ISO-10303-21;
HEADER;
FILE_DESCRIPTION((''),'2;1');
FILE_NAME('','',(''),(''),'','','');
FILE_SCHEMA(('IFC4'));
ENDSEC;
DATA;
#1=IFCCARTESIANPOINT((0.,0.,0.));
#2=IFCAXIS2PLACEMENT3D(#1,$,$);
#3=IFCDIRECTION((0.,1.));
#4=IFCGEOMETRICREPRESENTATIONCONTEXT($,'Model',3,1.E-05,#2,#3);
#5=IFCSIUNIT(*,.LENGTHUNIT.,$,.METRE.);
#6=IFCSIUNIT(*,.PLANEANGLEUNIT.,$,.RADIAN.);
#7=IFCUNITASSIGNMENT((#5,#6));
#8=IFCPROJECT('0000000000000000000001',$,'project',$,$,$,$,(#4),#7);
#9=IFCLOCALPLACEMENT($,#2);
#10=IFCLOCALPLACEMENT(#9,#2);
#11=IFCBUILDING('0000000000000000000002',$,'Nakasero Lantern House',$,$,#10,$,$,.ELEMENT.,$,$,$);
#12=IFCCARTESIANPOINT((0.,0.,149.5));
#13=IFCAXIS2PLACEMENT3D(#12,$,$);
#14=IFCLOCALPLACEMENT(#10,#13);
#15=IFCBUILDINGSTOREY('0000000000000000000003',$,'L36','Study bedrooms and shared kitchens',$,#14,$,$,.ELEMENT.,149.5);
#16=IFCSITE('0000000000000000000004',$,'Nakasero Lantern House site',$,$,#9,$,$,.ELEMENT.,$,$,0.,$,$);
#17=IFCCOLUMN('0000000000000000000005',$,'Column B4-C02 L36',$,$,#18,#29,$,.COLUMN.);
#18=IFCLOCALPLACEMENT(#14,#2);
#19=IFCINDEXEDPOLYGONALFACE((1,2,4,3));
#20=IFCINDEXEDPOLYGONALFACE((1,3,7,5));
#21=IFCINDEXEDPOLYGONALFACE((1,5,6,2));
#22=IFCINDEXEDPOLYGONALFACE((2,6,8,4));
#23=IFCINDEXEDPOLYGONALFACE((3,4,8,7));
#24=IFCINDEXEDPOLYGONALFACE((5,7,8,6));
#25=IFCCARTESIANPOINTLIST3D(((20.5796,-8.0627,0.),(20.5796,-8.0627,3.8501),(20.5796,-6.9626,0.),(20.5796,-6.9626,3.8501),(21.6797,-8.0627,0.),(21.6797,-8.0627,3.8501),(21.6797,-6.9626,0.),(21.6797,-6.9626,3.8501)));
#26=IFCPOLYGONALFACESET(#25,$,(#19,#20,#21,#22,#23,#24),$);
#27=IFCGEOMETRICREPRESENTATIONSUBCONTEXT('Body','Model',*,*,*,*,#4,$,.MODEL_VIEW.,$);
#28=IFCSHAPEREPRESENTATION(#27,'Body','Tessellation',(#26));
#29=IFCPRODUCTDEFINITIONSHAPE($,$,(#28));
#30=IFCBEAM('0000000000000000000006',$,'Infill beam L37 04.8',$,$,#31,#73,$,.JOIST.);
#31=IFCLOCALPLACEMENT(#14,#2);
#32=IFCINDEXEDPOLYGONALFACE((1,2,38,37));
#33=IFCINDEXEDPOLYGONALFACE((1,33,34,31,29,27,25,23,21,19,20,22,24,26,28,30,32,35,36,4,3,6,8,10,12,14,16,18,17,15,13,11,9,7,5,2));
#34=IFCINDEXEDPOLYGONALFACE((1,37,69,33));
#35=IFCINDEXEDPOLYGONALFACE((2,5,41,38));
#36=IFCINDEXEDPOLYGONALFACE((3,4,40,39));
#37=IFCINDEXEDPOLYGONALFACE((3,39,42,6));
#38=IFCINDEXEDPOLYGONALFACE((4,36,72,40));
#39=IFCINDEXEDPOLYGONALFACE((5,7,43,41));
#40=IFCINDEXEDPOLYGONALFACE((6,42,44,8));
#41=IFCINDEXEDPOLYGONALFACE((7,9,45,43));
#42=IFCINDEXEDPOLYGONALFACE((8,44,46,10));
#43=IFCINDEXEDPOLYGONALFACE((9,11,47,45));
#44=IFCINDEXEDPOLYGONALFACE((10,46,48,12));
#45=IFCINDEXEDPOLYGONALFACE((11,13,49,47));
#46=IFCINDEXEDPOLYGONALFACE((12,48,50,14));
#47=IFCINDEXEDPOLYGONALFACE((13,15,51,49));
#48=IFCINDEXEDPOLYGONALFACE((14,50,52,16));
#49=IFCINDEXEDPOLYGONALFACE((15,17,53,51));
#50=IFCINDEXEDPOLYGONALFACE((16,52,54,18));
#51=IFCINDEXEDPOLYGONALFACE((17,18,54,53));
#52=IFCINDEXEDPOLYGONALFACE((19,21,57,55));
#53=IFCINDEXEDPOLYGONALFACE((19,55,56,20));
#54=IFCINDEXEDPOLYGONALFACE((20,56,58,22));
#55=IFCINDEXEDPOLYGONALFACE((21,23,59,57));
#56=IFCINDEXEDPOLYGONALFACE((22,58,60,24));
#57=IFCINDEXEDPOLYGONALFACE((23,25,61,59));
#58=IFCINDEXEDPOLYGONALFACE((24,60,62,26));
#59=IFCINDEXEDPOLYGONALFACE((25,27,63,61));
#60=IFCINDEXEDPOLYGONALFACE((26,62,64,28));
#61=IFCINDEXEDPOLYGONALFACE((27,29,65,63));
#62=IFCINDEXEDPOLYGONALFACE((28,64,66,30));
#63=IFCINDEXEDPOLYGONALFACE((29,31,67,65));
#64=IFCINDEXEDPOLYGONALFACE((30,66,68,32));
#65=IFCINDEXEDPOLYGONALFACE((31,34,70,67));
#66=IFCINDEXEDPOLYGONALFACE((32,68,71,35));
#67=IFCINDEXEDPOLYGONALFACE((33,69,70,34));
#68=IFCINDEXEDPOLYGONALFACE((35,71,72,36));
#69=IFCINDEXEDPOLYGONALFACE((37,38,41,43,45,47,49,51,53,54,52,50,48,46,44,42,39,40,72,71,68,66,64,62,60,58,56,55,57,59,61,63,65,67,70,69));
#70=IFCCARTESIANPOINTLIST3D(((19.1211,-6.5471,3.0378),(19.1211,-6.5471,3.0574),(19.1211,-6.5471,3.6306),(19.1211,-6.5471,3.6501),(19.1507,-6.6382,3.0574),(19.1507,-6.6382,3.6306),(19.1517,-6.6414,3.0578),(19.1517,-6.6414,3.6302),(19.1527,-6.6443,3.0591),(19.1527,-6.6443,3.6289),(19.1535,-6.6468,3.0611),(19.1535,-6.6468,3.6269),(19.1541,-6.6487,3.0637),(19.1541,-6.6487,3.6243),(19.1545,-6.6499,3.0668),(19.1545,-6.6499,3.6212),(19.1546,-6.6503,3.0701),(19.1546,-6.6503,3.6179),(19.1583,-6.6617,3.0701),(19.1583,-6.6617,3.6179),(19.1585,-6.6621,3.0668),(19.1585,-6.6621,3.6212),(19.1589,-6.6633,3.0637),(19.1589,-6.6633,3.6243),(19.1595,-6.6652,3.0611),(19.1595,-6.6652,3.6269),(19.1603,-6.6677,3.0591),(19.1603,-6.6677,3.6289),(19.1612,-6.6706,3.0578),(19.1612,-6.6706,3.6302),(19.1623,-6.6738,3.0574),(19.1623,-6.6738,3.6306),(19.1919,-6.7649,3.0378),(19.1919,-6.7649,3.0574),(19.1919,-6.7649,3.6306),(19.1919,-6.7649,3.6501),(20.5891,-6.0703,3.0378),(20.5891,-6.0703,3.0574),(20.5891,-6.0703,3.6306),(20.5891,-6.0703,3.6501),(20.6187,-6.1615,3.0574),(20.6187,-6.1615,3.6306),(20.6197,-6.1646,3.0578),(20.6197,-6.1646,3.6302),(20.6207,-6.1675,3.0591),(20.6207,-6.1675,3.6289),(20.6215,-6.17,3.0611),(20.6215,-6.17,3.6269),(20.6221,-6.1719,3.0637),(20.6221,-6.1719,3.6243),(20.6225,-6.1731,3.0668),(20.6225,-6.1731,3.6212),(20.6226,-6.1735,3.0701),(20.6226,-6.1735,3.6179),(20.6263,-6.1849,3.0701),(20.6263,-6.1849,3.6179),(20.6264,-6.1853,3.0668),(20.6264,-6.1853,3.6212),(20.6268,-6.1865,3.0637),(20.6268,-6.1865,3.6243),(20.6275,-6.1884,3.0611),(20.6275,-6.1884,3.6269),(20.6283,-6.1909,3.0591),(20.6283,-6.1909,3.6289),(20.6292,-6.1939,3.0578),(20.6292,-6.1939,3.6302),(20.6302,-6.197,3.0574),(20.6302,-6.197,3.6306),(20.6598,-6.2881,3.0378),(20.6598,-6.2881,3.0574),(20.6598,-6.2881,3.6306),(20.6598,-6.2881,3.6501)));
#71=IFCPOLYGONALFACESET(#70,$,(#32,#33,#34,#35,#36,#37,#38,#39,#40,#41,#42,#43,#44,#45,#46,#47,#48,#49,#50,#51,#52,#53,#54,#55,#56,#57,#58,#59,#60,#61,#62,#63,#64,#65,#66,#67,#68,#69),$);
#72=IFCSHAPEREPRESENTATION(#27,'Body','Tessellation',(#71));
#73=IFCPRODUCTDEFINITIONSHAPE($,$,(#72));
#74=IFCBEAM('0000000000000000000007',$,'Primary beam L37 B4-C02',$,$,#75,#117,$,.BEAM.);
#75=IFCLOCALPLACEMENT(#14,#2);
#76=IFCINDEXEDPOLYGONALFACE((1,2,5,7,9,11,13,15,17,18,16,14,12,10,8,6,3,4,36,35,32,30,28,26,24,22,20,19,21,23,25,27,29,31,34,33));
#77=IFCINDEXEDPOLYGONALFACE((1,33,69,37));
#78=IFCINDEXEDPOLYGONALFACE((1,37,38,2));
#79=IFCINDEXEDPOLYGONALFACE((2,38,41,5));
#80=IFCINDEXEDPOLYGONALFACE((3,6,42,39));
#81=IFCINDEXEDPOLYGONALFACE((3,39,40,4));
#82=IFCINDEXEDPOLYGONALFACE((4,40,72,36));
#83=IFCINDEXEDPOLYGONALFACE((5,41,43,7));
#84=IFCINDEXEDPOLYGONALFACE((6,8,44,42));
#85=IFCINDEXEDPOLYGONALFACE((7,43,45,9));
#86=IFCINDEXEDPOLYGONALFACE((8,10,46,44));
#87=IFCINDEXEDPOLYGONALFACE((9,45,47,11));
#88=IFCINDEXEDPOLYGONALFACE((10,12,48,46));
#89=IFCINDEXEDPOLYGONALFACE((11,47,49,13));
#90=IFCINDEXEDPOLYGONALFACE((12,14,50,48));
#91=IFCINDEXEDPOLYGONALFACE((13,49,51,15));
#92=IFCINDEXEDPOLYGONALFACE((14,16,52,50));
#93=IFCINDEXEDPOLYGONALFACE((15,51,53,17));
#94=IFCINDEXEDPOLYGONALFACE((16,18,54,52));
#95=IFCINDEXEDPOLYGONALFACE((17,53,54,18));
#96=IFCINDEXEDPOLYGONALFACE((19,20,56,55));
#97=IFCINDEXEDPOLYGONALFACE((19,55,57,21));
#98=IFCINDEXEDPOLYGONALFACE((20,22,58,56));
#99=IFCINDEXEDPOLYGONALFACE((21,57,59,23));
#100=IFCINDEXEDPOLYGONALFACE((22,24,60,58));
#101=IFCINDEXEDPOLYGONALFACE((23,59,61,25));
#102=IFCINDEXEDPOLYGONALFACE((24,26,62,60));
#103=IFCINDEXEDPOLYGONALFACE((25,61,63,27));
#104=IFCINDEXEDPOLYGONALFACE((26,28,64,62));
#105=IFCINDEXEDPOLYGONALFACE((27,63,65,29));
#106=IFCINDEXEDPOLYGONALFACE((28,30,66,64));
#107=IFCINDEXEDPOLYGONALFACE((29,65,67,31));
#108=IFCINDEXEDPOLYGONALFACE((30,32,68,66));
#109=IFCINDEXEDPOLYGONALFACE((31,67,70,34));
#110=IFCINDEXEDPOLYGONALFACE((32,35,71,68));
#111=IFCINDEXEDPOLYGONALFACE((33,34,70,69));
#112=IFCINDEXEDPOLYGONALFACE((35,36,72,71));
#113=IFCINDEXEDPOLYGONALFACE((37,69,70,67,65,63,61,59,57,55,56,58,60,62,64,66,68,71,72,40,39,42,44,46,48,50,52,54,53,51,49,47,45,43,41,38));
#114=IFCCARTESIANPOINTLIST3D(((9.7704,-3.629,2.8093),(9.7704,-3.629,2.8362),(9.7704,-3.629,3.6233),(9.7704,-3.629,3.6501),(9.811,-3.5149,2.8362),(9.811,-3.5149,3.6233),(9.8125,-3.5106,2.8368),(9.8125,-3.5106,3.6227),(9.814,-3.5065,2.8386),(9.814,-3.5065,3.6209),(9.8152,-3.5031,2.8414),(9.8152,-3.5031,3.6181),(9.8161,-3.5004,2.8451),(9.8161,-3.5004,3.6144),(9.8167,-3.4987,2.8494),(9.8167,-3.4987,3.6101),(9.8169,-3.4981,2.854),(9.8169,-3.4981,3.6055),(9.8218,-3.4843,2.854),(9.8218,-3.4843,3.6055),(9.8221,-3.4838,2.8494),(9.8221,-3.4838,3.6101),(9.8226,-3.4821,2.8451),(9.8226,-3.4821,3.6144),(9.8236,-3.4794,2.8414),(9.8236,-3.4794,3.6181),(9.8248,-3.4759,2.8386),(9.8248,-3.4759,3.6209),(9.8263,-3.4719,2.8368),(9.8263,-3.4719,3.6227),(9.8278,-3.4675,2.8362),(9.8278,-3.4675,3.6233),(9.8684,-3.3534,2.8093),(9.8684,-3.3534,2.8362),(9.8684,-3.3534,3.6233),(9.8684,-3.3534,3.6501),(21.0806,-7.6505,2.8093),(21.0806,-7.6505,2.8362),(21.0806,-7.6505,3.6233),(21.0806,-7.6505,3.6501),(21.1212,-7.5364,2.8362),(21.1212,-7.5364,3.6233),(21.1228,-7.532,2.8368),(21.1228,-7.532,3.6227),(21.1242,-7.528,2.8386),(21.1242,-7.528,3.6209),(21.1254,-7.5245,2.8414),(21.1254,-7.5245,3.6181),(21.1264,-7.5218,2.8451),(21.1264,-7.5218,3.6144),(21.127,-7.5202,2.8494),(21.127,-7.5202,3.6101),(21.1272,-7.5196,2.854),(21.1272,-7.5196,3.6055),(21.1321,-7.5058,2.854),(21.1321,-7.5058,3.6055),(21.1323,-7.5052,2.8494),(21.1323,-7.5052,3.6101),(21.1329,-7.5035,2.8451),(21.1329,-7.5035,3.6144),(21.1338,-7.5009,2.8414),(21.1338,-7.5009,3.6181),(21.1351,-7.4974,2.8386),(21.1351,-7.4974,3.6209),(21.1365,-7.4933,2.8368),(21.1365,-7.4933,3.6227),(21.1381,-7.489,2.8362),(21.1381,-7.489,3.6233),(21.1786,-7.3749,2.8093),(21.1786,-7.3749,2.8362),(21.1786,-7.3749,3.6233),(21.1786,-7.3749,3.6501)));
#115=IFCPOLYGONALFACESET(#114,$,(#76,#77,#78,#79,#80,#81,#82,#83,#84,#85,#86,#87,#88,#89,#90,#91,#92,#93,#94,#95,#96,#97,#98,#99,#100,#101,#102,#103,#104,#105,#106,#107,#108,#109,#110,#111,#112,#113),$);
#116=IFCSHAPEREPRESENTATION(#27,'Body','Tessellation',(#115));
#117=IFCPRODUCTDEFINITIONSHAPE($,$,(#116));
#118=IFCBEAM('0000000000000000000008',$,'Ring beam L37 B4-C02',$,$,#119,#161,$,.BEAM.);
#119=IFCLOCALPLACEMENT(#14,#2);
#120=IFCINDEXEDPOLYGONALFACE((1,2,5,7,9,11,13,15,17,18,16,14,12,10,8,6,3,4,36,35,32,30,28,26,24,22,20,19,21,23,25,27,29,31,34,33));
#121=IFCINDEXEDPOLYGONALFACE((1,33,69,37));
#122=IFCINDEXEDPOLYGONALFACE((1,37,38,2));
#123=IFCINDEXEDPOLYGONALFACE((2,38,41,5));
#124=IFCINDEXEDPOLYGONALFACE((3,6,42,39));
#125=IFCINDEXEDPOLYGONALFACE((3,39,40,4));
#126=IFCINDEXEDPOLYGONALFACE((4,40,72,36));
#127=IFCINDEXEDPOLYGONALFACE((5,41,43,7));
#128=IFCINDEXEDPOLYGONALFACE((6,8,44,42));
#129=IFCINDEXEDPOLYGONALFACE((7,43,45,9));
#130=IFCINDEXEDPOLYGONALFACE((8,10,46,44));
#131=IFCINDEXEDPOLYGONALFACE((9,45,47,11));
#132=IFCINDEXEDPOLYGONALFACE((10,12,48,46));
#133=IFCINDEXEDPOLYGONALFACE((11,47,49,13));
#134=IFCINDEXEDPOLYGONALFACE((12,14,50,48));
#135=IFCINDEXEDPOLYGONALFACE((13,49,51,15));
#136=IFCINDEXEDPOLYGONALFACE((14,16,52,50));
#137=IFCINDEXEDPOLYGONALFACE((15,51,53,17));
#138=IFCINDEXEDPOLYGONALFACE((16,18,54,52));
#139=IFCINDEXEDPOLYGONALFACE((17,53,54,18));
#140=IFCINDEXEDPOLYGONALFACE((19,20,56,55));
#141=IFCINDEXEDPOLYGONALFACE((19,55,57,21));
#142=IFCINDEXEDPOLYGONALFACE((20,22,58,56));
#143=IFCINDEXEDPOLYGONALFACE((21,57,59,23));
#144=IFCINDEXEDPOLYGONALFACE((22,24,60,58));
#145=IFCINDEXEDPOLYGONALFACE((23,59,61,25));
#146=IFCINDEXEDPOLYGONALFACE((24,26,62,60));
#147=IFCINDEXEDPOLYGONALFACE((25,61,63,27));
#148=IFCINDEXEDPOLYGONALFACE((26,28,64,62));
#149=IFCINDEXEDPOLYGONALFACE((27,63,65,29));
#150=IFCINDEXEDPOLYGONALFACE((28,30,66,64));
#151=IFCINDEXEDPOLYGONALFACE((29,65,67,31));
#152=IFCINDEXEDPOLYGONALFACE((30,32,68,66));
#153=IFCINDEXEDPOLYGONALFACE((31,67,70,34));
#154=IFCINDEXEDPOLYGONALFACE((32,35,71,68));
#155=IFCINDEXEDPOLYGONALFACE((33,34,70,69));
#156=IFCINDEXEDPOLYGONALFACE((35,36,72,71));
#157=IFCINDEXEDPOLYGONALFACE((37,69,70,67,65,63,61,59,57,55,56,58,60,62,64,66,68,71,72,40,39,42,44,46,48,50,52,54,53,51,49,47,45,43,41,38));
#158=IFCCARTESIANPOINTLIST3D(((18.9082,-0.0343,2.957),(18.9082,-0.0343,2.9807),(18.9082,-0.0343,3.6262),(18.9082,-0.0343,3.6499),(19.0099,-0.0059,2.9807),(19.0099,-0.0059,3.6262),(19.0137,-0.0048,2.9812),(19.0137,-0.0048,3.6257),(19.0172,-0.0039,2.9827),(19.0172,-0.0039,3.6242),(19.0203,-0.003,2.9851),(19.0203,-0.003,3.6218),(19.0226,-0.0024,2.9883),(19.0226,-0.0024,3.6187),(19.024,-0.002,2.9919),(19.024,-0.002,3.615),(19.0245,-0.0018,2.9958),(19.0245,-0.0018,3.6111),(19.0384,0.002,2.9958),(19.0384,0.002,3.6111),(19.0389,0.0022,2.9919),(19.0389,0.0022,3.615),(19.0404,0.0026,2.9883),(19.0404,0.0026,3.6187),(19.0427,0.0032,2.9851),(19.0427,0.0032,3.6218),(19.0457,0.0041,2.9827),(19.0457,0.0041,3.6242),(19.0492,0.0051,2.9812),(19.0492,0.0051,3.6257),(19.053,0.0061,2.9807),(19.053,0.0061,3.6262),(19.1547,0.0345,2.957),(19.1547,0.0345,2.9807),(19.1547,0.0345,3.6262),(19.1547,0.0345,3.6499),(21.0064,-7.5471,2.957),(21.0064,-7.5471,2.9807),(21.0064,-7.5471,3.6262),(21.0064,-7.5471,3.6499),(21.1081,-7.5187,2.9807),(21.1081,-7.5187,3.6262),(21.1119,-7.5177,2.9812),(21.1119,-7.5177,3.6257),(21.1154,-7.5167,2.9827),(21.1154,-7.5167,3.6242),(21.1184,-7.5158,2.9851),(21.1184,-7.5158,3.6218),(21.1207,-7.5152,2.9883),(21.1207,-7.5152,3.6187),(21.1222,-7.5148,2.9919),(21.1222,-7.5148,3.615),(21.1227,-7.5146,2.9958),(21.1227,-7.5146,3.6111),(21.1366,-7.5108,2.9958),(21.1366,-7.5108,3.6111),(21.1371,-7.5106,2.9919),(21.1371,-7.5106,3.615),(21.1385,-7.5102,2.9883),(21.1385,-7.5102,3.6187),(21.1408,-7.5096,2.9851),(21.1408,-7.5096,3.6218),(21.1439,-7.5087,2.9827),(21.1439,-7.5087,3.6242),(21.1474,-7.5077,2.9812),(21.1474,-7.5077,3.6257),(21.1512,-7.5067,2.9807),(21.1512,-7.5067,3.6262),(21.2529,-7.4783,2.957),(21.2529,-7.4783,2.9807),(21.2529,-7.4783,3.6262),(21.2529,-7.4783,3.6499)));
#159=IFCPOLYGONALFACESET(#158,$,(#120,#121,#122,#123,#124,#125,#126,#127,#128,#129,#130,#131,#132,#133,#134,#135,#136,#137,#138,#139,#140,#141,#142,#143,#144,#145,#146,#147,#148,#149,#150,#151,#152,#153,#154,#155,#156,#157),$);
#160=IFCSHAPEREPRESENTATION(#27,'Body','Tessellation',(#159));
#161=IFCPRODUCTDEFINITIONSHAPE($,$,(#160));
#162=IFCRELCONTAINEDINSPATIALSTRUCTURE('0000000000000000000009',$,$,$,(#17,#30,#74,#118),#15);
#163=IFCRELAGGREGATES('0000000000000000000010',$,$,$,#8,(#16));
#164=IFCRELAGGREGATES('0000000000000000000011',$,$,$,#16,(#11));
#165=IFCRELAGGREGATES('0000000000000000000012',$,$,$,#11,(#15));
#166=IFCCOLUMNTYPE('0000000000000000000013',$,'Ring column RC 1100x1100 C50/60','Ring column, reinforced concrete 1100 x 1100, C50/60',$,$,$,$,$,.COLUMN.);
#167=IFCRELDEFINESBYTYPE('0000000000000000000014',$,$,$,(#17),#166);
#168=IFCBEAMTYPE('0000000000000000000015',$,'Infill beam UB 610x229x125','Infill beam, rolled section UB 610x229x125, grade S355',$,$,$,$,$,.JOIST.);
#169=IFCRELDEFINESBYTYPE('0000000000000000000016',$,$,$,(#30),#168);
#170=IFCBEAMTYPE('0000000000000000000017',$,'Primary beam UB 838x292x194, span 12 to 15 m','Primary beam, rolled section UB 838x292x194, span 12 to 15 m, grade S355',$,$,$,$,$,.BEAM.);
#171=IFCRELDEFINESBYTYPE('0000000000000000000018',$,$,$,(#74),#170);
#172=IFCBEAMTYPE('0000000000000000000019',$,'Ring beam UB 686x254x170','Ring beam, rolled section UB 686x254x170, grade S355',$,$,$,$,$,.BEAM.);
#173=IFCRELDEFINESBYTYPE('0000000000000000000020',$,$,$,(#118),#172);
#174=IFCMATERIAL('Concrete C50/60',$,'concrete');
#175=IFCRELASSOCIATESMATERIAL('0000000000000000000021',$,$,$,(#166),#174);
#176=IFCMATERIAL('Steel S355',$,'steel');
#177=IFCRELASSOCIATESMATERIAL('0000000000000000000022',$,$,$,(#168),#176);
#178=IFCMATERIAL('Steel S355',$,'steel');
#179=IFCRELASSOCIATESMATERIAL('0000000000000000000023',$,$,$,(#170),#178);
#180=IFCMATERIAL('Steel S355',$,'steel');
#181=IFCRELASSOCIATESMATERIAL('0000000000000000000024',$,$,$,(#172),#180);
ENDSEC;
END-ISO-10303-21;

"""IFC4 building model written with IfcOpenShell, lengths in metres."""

from ifc_helpers import new_model, si_unit, direction, frame, origin, origin_2d, place, context, subcontext, project, spatial, rectangle, i_section, extrude, material, material_profile, profile_set, type_object, element, save


model = new_model("IFC4")

# Units and contexts
model_context = context("Model", 3, precision=1e-05, world=origin(), true_north=direction((0.0, 1.0)))
body_context = subcontext(model_context, "Body", "Model", "MODEL_VIEW")
ifc_project = project(units=[si_unit("LENGTHUNIT", "METRE"), si_unit("PLANEANGLEUNIT", "RADIAN")], contexts=[model_context])

# Site, building, storey
site_placement = place(None, origin())
site = spatial("IfcSite", under=ifc_project, at=site_placement, Name="Nakasero Lantern House site", CompositionType="ELEMENT", RefElevation=0.0)
building_placement = place(site_placement, origin())
building = spatial("IfcBuilding", under=site, at=building_placement, Name="Nakasero Lantern House", CompositionType="ELEMENT")
storey_placement = place(building_placement, frame((0.0, 0.0, 149.5)))
storey = spatial("IfcBuildingStorey", under=building, at=storey_placement, Name="L36", Description="Study bedrooms and shared kitchens", CompositionType="ELEMENT", Elevation=149.5)

# Column
ifc_material_1 = material(Name="Concrete C50/60", Category="concrete")
ifc_material_profile_1 = material_profile(ifc_material_1, rectangle(XDim=1.1001, YDim=1.1001, at=origin_2d()), Name="RC 1100x1100")
ifc_profile_set_1 = profile_set([ifc_material_profile_1], Name="Concrete C50/60")
column_type = type_object("IfcColumnType", Name="Ring column RC 1100x1100 C50/60", Description="Ring column, reinforced concrete 1100 x 1100, C50/60", PredefinedType="COLUMN", material=ifc_profile_set_1)
column_placement = place(storey_placement, frame((21.1296, -7.5127, 0.0), z_axis=(0.0, 0.0, 1.0), x_axis=(1.0, 0.0, 0.0)))
element("IfcColumn", 1, at=column_placement, inside=storey, type_object=column_type, Name="Column B4-C02 L36", PredefinedType="COLUMN", context=body_context, shape_type="SweptSolid", body=[
    extrude(rectangle(XDim=1.1001, YDim=1.1001, at=origin_2d()), origin(), (0.0, 0.0, 1.0), 3.8501),
])

# Beams
ifc_material_2 = material(Name="Steel S355", Category="steel")
ifc_material_profile_2 = material_profile(ifc_material_2, i_section(OverallWidth=0.229, OverallDepth=0.6123, WebThickness=0.012, FlangeThickness=0.0195, FilletRadius=0.0127, at=origin_2d()), Name="UB 610x229x125")
ifc_profile_set_2 = profile_set([ifc_material_profile_2], Name="Steel S355")
beam_type_1 = type_object("IfcBeamType", Name="Infill beam UB 610x229x125", Description="Infill beam, rolled section UB 610x229x125, grade S355", PredefinedType="JOIST", material=ifc_profile_set_2)
beam_1_placement = place(storey_placement, frame((19.1565, -6.656, 3.344), z_axis=(0.951091, 0.308911, 0.0), x_axis=(-0.308911, 0.951091, 0.0)))
element("IfcBeam", 2, at=beam_1_placement, inside=storey, type_object=beam_type_1, Name="Infill beam L37 04.8", PredefinedType="JOIST", context=body_context, shape_type="SweptSolid", body=[
    extrude(i_section(OverallWidth=0.229, OverallDepth=0.6123, WebThickness=0.012, FlangeThickness=0.0195, FilletRadius=0.0127, at=origin_2d()), origin(), (0.0, 0.0, 1.0), 1.5435),
])
ifc_material_3 = material(Name="Steel S355", Category="steel")
ifc_material_profile_3 = material_profile(ifc_material_3, i_section(OverallWidth=0.2925, OverallDepth=0.8408, WebThickness=0.0146, FlangeThickness=0.0269, FilletRadius=0.0178, at=origin_2d()), Name="UB 838x292x194")
ifc_profile_set_3 = profile_set([ifc_material_profile_3], Name="Steel S355")
beam_type_2 = type_object("IfcBeamType", Name="Primary beam UB 838x292x194, span 12 to 15 m", Description="Primary beam, rolled section UB 838x292x194, span 12 to 15 m, grade S355", PredefinedType="BEAM", material=ifc_profile_set_3)
beam_2_placement = place(storey_placement, frame((21.1296, -7.5127, 3.2297), z_axis=(-0.942214, 0.335013, 0.0), x_axis=(-0.335013, -0.942214, 0.0)))
element("IfcBeam", 3, at=beam_2_placement, inside=storey, type_object=beam_type_2, Name="Primary beam L37 B4-C02", PredefinedType="BEAM", context=body_context, shape_type="SweptSolid", body=[
    extrude(i_section(OverallWidth=0.2925, OverallDepth=0.8408, WebThickness=0.0146, FlangeThickness=0.0269, FilletRadius=0.0178, at=origin_2d()), origin(), (0.0, 0.0, 1.0), 12.0039),
])
ifc_material_4 = material(Name="Steel S355", Category="steel")
ifc_material_profile_4 = material_profile(ifc_material_4, i_section(OverallWidth=0.2559, OverallDepth=0.6929, WebThickness=0.0144, FlangeThickness=0.0237, FilletRadius=0.0151, at=origin_2d()), Name="UB 686x254x170")
ifc_profile_set_4 = profile_set([ifc_material_profile_4], Name="Steel S355")
beam_type_3 = type_object("IfcBeamType", Name="Ring beam UB 686x254x170", Description="Ring beam, rolled section UB 686x254x170, grade S355", PredefinedType="BEAM", material=ifc_profile_set_4)
beam_3_placement = place(storey_placement, frame((21.1296, -7.5127, 3.3035), z_axis=(-0.268987, 0.963144, 0.0), x_axis=(-0.963144, -0.268987, 0.0)))
element("IfcBeam", 4, at=beam_3_placement, inside=storey, type_object=beam_type_3, Name="Ring beam L37 B4-C02", PredefinedType="BEAM", context=body_context, shape_type="SweptSolid", body=[
    extrude(i_section(OverallWidth=0.2559, OverallDepth=0.6929, WebThickness=0.0144, FlangeThickness=0.0237, FilletRadius=0.0151, at=origin_2d()), origin(), (0.0, 0.0, 1.0), 7.8003),
])

save(model, "model.ifc")
